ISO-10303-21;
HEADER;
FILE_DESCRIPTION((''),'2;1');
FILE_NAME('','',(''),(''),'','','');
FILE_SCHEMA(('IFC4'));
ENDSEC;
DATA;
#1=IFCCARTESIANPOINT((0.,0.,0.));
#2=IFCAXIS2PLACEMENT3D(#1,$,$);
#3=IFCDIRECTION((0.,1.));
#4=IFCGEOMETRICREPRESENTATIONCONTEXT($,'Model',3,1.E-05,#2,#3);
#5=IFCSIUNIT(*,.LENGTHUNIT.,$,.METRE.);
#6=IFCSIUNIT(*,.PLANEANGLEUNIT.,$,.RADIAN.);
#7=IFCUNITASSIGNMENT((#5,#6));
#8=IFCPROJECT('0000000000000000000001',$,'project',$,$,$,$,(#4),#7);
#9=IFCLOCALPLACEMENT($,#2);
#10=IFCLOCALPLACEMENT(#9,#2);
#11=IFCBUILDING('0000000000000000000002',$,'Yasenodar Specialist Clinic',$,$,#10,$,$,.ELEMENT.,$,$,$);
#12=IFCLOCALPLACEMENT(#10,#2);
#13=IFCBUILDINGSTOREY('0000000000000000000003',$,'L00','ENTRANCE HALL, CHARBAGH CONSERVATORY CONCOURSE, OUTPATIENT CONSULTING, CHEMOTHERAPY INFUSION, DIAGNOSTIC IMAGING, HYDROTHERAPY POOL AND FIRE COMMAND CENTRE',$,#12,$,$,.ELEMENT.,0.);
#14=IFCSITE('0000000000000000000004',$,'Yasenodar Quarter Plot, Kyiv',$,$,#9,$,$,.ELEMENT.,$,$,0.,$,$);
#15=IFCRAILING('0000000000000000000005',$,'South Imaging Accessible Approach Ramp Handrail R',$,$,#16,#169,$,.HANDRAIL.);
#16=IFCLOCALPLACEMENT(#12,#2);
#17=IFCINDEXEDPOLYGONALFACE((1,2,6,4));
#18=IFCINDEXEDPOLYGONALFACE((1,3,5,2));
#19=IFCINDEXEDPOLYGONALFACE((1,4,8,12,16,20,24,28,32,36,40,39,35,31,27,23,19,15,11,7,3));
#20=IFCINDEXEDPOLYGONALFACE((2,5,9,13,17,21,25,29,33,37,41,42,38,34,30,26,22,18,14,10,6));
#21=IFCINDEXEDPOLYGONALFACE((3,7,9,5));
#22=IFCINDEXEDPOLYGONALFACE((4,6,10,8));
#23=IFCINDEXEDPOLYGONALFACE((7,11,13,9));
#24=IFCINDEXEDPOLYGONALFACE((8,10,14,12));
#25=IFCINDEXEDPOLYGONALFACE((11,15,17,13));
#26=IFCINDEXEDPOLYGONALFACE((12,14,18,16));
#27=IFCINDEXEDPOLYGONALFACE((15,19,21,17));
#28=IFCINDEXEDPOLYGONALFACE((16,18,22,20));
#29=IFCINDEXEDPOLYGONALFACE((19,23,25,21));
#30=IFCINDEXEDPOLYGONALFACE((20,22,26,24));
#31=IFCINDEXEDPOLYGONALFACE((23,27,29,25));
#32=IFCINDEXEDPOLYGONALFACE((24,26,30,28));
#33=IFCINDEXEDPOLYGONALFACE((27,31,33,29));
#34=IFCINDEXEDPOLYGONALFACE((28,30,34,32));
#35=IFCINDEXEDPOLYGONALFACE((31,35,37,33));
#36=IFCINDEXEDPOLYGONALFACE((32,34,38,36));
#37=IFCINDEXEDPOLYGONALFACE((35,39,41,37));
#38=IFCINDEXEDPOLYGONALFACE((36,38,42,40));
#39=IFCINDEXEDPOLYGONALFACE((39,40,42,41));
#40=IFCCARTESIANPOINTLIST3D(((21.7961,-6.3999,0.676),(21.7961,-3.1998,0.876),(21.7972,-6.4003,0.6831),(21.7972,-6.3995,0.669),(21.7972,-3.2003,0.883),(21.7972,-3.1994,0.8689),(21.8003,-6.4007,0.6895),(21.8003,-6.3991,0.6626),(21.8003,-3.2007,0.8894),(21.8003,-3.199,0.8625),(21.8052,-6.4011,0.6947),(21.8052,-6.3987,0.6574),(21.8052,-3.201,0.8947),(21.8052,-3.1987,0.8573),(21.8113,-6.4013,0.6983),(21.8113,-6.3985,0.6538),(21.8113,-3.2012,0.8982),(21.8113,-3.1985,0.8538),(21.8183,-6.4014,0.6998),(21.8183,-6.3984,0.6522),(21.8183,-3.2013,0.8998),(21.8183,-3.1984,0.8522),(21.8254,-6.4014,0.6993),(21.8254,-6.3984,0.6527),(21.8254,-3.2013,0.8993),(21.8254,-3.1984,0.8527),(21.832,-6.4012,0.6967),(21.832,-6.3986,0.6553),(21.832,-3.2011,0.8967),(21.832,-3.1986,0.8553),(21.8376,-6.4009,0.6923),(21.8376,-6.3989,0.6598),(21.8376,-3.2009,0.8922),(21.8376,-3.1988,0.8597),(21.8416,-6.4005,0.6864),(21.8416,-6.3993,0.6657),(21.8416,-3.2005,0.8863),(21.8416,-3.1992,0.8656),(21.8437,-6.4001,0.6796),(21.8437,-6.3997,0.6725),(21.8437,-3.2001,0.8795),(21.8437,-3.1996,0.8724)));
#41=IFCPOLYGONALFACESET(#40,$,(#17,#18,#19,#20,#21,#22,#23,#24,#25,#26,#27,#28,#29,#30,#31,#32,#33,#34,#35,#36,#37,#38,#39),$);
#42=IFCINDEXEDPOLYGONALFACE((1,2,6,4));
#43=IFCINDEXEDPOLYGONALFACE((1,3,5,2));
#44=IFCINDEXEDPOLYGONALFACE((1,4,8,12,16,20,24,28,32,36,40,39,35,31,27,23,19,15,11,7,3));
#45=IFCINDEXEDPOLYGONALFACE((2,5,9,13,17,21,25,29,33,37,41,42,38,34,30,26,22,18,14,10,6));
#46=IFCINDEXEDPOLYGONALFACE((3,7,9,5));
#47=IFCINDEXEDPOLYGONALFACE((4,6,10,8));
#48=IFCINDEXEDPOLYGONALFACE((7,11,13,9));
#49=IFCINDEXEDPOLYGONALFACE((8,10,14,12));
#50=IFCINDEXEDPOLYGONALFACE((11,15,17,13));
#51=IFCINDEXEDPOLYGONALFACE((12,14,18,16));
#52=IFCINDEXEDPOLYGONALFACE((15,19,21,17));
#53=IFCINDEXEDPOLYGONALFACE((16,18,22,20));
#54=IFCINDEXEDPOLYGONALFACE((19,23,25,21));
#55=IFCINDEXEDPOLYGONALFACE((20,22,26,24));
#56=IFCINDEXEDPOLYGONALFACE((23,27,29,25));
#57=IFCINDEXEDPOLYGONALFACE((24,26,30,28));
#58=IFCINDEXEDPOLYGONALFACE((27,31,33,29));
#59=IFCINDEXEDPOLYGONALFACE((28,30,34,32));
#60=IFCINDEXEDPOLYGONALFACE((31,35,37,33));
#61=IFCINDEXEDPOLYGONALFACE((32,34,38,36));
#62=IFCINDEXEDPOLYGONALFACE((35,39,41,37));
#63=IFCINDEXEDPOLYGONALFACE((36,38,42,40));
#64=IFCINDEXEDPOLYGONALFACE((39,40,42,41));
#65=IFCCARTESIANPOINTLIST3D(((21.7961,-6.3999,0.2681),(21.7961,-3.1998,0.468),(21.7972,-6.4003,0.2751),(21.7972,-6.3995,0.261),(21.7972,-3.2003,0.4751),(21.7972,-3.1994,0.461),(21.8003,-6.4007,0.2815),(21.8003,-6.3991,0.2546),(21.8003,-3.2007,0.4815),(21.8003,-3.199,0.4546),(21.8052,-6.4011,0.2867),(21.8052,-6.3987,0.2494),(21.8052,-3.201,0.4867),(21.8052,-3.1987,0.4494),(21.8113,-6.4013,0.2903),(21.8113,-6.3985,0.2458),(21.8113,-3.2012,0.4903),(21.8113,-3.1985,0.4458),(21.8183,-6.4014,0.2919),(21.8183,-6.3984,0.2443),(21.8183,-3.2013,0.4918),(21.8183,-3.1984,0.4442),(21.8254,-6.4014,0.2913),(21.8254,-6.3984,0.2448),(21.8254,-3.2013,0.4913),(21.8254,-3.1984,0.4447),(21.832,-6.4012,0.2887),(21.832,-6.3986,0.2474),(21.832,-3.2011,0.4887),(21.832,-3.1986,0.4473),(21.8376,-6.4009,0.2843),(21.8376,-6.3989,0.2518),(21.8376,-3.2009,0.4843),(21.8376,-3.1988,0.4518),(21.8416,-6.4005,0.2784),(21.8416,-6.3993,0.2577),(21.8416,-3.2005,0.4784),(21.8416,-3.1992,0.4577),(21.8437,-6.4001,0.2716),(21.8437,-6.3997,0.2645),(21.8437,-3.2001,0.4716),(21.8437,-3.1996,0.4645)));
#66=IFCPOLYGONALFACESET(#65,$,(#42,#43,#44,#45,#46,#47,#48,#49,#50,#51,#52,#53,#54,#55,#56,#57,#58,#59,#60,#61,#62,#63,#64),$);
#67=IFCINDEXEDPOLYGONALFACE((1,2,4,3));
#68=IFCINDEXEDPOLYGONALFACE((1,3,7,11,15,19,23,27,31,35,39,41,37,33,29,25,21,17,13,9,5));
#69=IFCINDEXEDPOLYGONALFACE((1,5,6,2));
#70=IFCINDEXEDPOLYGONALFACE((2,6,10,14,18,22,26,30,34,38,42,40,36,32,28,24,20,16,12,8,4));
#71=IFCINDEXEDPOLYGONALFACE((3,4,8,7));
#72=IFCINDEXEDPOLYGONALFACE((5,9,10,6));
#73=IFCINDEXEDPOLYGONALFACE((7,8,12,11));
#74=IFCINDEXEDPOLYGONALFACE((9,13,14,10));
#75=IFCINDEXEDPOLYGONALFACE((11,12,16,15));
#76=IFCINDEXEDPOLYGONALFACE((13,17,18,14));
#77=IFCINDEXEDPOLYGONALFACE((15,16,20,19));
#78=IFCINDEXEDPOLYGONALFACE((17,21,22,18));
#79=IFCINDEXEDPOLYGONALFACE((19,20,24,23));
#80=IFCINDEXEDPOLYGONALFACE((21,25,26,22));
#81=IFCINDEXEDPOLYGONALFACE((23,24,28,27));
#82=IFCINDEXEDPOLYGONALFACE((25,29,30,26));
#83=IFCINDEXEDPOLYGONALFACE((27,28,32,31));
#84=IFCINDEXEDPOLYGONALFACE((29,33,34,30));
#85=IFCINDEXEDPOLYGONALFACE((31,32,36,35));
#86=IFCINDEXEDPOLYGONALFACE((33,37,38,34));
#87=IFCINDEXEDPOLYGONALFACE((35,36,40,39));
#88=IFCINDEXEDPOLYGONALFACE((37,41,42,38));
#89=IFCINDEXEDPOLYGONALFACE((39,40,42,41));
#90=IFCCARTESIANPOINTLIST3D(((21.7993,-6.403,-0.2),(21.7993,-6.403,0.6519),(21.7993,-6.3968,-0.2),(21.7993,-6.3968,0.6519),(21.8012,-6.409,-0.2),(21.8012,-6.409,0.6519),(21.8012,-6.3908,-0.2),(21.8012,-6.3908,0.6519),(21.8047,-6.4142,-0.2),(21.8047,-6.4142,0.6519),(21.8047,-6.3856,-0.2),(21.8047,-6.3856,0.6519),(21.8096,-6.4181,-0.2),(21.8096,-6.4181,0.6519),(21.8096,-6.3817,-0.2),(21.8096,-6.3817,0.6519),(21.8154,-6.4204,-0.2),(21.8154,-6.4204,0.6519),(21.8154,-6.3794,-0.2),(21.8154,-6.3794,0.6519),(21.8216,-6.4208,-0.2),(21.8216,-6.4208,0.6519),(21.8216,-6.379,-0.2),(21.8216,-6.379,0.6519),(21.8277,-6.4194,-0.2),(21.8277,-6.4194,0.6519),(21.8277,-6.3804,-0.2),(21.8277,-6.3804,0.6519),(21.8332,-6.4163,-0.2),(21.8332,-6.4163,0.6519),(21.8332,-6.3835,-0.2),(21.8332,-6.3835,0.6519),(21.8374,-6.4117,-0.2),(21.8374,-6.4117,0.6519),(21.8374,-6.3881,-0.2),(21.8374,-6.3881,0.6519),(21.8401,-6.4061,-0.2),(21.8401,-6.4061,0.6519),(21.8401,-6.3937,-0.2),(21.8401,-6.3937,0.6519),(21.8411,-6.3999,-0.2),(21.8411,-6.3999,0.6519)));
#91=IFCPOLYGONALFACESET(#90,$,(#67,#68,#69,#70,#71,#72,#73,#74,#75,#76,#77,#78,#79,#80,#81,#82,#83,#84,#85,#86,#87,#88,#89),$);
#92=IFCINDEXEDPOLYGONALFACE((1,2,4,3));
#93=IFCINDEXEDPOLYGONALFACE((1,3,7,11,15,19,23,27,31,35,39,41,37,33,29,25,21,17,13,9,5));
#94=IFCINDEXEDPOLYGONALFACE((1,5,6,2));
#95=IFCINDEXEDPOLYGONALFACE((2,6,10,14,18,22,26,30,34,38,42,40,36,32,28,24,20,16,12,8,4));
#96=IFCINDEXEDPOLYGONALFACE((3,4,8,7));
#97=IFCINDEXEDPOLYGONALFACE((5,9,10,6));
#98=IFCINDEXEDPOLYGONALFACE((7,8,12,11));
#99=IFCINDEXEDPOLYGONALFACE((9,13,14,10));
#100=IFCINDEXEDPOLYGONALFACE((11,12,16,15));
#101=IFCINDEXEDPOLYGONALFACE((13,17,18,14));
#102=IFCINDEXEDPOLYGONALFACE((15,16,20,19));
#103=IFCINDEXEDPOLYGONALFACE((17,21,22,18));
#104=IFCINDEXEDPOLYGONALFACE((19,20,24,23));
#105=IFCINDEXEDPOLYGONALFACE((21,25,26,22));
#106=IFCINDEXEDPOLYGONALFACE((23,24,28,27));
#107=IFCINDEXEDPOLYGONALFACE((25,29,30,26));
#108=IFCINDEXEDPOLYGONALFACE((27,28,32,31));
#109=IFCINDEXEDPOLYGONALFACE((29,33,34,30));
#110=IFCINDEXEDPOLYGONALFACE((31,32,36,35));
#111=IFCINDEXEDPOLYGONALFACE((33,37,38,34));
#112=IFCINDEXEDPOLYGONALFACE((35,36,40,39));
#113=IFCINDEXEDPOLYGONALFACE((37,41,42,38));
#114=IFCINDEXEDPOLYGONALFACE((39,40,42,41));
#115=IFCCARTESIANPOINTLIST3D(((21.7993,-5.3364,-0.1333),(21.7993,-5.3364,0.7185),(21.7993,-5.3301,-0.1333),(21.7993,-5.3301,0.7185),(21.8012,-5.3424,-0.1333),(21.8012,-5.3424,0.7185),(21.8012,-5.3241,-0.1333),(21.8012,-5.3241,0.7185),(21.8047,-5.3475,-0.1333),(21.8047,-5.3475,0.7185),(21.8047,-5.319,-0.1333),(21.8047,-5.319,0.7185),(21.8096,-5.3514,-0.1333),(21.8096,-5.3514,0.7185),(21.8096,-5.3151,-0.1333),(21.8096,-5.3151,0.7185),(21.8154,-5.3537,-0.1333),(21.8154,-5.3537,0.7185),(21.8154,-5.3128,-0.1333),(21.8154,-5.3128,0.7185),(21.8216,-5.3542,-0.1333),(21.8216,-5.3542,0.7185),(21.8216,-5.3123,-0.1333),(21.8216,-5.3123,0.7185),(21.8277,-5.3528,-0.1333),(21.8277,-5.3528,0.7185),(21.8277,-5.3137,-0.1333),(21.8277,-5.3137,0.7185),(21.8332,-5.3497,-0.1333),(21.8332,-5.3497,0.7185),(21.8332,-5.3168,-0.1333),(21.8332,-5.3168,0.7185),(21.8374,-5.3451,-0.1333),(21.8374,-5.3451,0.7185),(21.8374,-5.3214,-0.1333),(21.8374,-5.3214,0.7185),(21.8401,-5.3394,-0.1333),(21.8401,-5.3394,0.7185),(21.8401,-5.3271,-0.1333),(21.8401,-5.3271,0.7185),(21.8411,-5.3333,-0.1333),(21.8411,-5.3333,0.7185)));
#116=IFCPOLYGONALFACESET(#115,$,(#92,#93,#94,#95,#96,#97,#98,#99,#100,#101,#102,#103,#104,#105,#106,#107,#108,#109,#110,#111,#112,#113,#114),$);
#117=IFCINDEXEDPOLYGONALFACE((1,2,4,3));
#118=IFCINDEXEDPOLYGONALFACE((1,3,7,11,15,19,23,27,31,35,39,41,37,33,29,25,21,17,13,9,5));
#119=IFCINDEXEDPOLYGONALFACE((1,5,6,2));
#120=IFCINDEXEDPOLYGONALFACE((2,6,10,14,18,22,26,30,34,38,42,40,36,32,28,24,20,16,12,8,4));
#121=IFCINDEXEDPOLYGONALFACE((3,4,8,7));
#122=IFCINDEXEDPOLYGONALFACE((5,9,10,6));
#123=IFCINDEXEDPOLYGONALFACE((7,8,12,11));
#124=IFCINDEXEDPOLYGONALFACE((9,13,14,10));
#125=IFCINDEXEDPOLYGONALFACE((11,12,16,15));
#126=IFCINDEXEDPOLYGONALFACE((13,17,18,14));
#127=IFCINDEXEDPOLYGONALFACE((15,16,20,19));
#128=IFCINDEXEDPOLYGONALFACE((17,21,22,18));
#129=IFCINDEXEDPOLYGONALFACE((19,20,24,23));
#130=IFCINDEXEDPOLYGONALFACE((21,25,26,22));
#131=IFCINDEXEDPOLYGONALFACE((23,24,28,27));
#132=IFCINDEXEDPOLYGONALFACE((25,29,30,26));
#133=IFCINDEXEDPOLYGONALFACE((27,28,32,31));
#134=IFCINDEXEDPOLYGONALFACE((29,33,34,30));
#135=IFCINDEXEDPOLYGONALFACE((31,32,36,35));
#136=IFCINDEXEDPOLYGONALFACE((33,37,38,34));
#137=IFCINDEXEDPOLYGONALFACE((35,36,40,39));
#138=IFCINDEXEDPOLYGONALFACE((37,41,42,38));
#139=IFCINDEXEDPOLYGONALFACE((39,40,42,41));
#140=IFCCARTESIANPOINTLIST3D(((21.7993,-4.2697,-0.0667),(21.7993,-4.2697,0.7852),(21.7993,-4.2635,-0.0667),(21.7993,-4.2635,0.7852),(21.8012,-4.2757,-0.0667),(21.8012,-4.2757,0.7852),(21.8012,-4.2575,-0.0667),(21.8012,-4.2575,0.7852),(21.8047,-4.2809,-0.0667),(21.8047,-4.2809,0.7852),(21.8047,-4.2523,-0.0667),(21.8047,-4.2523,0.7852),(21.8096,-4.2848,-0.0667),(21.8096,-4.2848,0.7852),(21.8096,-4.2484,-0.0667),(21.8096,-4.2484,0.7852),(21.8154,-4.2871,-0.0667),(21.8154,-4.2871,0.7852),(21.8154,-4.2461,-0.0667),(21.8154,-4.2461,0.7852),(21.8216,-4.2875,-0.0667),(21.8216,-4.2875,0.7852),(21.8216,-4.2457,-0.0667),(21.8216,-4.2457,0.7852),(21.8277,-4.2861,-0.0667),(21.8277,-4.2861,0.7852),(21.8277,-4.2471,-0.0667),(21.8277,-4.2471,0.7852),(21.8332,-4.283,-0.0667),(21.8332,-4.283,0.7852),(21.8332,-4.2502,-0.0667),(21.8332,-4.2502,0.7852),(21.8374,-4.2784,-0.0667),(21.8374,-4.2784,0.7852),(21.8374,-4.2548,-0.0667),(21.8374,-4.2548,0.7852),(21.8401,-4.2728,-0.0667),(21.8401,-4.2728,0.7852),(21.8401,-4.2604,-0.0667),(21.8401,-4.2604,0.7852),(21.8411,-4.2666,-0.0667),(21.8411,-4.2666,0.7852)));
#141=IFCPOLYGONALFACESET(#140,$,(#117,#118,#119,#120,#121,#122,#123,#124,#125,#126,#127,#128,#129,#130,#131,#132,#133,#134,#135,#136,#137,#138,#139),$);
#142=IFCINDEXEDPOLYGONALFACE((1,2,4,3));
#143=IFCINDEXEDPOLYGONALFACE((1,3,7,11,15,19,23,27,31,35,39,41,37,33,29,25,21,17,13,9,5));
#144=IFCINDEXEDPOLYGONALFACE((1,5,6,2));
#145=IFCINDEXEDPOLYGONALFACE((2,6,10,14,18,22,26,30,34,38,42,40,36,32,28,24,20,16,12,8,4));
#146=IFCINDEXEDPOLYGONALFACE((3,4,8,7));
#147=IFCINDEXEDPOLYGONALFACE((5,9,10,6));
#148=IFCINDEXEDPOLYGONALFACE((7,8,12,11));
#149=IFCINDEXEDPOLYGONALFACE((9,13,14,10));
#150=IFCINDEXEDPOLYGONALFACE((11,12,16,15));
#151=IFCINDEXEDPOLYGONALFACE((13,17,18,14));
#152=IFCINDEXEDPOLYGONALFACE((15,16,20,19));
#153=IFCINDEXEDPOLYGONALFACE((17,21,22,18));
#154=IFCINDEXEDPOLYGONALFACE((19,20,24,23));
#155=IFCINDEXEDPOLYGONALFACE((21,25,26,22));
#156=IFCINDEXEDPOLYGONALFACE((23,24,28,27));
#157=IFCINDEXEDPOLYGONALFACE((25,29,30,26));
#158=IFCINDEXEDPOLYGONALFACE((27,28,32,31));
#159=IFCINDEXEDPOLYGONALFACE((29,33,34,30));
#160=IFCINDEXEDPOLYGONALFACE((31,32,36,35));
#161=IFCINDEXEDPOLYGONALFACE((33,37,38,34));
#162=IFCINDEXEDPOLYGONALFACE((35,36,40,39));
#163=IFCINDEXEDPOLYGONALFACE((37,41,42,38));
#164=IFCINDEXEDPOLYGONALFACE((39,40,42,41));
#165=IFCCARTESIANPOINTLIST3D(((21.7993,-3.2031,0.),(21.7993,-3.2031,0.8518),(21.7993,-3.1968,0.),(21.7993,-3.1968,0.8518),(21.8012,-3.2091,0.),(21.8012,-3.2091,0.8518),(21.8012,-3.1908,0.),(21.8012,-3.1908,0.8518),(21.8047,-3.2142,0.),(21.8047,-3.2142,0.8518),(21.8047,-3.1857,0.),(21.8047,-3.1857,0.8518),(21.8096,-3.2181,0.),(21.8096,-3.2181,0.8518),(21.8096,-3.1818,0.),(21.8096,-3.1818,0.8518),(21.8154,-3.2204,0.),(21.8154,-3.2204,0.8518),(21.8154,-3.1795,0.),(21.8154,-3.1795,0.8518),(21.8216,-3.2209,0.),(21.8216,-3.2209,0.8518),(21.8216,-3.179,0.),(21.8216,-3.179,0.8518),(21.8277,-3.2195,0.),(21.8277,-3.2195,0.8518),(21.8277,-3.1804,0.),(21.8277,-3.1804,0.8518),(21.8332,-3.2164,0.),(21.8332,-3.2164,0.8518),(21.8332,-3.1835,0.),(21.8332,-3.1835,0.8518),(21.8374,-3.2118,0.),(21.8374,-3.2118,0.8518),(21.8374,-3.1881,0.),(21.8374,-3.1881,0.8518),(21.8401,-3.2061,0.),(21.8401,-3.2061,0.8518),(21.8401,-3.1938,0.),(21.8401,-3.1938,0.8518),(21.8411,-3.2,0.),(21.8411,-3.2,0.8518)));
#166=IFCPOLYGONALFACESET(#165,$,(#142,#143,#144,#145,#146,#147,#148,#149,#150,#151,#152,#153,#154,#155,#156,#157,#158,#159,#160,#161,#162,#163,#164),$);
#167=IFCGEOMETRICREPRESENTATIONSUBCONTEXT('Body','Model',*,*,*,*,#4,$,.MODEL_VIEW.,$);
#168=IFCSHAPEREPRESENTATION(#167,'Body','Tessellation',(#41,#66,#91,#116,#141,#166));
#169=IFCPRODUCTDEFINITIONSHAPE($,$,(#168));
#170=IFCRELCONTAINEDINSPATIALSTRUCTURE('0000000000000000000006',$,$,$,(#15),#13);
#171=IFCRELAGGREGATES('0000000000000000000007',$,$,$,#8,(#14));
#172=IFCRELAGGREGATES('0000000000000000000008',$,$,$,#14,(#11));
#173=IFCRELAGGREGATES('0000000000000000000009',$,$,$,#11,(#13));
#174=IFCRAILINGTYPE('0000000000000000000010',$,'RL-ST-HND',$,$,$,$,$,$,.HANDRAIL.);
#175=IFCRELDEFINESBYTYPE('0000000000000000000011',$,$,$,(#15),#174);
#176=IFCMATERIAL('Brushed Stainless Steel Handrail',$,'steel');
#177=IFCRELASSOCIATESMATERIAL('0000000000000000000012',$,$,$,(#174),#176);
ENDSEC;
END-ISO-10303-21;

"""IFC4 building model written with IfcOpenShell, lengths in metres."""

from ifc_helpers import new_model, si_unit, direction, frame, origin, origin_2d, place, context, subcontext, project, spatial, circle, extrude, material, type_object, element, save


model = new_model("IFC4")

# Units and contexts
model_context = context("Model", 3, precision=1e-05, world=origin(), true_north=direction((0.0, 1.0)))
body_context = subcontext(model_context, "Body", "Model", "MODEL_VIEW")
ifc_project = project(units=[si_unit("LENGTHUNIT", "METRE"), si_unit("PLANEANGLEUNIT", "RADIAN")], contexts=[model_context])

# Site, building, storey
site_placement = place(None, origin())
site = spatial("IfcSite", under=ifc_project, at=site_placement, Name="Yasenodar Quarter Plot, Kyiv", CompositionType="ELEMENT", RefElevation=0.0)
building_placement = place(site_placement, origin())
building = spatial("IfcBuilding", under=site, at=building_placement, Name="Yasenodar Specialist Clinic", CompositionType="ELEMENT")
storey_placement = place(building_placement, origin())
storey = spatial("IfcBuildingStorey", under=building, at=storey_placement, Name="L00", Description="ENTRANCE HALL, CHARBAGH CONSERVATORY CONCOURSE, OUTPATIENT CONSULTING, CHEMOTHERAPY INFUSION, DIAGNOSTIC IMAGING, HYDROTHERAPY POOL AND FIRE COMMAND CENTRE", CompositionType="ELEMENT", Elevation=0.0)

# Railing
ifc_material_1 = material(Name="Brushed Stainless Steel Handrail", Category="steel")
railing_type = type_object("IfcRailingType", Name="RL-ST-HND", PredefinedType="HANDRAIL", material=ifc_material_1)
for number, where, name in (
    (1, (21.8201, -6.3999, -0.2), "South Imaging Accessible Approach Ramp Handrail R"),
):
    element("IfcRailing", number, at=place(storey_placement, frame(where)), inside=storey, type_object=railing_type, Name=name, PredefinedType="HANDRAIL", context=body_context, shape_type="SweptSolid", body=[
        extrude(circle(Radius=0.0239, at=origin_2d()), frame((0.0, 0.0, 0.876), z_axis=(0.0, 0.998053, 0.062364), x_axis=(-1.0, 0.0, 0.0)), (0.0, 0.0, 1.0), 3.2063),
        extrude(circle(Radius=0.0239, at=origin_2d()), frame((0.0, 0.0, 0.468), z_axis=(0.0, 0.998053, 0.062364), x_axis=(-1.0, 0.0, 0.0)), (0.0, 0.0, 1.0), 3.2063),
        extrude(circle(Radius=0.021, at=origin_2d()), origin(), (0.0, 0.0, 1.0), 0.8518),
        extrude(circle(Radius=0.021, at=origin_2d()), frame((0.0, 1.0667, 0.0667)), (0.0, 0.0, 1.0), 0.8518),
        extrude(circle(Radius=0.021, at=origin_2d()), frame((0.0, 2.1333, 0.1333)), (0.0, 0.0, 1.0), 0.8518),
        extrude(circle(Radius=0.021, at=origin_2d()), frame((0.0, 3.2, 0.2)), (0.0, 0.0, 1.0), 0.8518),
    ])

save(model, "model.ifc")
